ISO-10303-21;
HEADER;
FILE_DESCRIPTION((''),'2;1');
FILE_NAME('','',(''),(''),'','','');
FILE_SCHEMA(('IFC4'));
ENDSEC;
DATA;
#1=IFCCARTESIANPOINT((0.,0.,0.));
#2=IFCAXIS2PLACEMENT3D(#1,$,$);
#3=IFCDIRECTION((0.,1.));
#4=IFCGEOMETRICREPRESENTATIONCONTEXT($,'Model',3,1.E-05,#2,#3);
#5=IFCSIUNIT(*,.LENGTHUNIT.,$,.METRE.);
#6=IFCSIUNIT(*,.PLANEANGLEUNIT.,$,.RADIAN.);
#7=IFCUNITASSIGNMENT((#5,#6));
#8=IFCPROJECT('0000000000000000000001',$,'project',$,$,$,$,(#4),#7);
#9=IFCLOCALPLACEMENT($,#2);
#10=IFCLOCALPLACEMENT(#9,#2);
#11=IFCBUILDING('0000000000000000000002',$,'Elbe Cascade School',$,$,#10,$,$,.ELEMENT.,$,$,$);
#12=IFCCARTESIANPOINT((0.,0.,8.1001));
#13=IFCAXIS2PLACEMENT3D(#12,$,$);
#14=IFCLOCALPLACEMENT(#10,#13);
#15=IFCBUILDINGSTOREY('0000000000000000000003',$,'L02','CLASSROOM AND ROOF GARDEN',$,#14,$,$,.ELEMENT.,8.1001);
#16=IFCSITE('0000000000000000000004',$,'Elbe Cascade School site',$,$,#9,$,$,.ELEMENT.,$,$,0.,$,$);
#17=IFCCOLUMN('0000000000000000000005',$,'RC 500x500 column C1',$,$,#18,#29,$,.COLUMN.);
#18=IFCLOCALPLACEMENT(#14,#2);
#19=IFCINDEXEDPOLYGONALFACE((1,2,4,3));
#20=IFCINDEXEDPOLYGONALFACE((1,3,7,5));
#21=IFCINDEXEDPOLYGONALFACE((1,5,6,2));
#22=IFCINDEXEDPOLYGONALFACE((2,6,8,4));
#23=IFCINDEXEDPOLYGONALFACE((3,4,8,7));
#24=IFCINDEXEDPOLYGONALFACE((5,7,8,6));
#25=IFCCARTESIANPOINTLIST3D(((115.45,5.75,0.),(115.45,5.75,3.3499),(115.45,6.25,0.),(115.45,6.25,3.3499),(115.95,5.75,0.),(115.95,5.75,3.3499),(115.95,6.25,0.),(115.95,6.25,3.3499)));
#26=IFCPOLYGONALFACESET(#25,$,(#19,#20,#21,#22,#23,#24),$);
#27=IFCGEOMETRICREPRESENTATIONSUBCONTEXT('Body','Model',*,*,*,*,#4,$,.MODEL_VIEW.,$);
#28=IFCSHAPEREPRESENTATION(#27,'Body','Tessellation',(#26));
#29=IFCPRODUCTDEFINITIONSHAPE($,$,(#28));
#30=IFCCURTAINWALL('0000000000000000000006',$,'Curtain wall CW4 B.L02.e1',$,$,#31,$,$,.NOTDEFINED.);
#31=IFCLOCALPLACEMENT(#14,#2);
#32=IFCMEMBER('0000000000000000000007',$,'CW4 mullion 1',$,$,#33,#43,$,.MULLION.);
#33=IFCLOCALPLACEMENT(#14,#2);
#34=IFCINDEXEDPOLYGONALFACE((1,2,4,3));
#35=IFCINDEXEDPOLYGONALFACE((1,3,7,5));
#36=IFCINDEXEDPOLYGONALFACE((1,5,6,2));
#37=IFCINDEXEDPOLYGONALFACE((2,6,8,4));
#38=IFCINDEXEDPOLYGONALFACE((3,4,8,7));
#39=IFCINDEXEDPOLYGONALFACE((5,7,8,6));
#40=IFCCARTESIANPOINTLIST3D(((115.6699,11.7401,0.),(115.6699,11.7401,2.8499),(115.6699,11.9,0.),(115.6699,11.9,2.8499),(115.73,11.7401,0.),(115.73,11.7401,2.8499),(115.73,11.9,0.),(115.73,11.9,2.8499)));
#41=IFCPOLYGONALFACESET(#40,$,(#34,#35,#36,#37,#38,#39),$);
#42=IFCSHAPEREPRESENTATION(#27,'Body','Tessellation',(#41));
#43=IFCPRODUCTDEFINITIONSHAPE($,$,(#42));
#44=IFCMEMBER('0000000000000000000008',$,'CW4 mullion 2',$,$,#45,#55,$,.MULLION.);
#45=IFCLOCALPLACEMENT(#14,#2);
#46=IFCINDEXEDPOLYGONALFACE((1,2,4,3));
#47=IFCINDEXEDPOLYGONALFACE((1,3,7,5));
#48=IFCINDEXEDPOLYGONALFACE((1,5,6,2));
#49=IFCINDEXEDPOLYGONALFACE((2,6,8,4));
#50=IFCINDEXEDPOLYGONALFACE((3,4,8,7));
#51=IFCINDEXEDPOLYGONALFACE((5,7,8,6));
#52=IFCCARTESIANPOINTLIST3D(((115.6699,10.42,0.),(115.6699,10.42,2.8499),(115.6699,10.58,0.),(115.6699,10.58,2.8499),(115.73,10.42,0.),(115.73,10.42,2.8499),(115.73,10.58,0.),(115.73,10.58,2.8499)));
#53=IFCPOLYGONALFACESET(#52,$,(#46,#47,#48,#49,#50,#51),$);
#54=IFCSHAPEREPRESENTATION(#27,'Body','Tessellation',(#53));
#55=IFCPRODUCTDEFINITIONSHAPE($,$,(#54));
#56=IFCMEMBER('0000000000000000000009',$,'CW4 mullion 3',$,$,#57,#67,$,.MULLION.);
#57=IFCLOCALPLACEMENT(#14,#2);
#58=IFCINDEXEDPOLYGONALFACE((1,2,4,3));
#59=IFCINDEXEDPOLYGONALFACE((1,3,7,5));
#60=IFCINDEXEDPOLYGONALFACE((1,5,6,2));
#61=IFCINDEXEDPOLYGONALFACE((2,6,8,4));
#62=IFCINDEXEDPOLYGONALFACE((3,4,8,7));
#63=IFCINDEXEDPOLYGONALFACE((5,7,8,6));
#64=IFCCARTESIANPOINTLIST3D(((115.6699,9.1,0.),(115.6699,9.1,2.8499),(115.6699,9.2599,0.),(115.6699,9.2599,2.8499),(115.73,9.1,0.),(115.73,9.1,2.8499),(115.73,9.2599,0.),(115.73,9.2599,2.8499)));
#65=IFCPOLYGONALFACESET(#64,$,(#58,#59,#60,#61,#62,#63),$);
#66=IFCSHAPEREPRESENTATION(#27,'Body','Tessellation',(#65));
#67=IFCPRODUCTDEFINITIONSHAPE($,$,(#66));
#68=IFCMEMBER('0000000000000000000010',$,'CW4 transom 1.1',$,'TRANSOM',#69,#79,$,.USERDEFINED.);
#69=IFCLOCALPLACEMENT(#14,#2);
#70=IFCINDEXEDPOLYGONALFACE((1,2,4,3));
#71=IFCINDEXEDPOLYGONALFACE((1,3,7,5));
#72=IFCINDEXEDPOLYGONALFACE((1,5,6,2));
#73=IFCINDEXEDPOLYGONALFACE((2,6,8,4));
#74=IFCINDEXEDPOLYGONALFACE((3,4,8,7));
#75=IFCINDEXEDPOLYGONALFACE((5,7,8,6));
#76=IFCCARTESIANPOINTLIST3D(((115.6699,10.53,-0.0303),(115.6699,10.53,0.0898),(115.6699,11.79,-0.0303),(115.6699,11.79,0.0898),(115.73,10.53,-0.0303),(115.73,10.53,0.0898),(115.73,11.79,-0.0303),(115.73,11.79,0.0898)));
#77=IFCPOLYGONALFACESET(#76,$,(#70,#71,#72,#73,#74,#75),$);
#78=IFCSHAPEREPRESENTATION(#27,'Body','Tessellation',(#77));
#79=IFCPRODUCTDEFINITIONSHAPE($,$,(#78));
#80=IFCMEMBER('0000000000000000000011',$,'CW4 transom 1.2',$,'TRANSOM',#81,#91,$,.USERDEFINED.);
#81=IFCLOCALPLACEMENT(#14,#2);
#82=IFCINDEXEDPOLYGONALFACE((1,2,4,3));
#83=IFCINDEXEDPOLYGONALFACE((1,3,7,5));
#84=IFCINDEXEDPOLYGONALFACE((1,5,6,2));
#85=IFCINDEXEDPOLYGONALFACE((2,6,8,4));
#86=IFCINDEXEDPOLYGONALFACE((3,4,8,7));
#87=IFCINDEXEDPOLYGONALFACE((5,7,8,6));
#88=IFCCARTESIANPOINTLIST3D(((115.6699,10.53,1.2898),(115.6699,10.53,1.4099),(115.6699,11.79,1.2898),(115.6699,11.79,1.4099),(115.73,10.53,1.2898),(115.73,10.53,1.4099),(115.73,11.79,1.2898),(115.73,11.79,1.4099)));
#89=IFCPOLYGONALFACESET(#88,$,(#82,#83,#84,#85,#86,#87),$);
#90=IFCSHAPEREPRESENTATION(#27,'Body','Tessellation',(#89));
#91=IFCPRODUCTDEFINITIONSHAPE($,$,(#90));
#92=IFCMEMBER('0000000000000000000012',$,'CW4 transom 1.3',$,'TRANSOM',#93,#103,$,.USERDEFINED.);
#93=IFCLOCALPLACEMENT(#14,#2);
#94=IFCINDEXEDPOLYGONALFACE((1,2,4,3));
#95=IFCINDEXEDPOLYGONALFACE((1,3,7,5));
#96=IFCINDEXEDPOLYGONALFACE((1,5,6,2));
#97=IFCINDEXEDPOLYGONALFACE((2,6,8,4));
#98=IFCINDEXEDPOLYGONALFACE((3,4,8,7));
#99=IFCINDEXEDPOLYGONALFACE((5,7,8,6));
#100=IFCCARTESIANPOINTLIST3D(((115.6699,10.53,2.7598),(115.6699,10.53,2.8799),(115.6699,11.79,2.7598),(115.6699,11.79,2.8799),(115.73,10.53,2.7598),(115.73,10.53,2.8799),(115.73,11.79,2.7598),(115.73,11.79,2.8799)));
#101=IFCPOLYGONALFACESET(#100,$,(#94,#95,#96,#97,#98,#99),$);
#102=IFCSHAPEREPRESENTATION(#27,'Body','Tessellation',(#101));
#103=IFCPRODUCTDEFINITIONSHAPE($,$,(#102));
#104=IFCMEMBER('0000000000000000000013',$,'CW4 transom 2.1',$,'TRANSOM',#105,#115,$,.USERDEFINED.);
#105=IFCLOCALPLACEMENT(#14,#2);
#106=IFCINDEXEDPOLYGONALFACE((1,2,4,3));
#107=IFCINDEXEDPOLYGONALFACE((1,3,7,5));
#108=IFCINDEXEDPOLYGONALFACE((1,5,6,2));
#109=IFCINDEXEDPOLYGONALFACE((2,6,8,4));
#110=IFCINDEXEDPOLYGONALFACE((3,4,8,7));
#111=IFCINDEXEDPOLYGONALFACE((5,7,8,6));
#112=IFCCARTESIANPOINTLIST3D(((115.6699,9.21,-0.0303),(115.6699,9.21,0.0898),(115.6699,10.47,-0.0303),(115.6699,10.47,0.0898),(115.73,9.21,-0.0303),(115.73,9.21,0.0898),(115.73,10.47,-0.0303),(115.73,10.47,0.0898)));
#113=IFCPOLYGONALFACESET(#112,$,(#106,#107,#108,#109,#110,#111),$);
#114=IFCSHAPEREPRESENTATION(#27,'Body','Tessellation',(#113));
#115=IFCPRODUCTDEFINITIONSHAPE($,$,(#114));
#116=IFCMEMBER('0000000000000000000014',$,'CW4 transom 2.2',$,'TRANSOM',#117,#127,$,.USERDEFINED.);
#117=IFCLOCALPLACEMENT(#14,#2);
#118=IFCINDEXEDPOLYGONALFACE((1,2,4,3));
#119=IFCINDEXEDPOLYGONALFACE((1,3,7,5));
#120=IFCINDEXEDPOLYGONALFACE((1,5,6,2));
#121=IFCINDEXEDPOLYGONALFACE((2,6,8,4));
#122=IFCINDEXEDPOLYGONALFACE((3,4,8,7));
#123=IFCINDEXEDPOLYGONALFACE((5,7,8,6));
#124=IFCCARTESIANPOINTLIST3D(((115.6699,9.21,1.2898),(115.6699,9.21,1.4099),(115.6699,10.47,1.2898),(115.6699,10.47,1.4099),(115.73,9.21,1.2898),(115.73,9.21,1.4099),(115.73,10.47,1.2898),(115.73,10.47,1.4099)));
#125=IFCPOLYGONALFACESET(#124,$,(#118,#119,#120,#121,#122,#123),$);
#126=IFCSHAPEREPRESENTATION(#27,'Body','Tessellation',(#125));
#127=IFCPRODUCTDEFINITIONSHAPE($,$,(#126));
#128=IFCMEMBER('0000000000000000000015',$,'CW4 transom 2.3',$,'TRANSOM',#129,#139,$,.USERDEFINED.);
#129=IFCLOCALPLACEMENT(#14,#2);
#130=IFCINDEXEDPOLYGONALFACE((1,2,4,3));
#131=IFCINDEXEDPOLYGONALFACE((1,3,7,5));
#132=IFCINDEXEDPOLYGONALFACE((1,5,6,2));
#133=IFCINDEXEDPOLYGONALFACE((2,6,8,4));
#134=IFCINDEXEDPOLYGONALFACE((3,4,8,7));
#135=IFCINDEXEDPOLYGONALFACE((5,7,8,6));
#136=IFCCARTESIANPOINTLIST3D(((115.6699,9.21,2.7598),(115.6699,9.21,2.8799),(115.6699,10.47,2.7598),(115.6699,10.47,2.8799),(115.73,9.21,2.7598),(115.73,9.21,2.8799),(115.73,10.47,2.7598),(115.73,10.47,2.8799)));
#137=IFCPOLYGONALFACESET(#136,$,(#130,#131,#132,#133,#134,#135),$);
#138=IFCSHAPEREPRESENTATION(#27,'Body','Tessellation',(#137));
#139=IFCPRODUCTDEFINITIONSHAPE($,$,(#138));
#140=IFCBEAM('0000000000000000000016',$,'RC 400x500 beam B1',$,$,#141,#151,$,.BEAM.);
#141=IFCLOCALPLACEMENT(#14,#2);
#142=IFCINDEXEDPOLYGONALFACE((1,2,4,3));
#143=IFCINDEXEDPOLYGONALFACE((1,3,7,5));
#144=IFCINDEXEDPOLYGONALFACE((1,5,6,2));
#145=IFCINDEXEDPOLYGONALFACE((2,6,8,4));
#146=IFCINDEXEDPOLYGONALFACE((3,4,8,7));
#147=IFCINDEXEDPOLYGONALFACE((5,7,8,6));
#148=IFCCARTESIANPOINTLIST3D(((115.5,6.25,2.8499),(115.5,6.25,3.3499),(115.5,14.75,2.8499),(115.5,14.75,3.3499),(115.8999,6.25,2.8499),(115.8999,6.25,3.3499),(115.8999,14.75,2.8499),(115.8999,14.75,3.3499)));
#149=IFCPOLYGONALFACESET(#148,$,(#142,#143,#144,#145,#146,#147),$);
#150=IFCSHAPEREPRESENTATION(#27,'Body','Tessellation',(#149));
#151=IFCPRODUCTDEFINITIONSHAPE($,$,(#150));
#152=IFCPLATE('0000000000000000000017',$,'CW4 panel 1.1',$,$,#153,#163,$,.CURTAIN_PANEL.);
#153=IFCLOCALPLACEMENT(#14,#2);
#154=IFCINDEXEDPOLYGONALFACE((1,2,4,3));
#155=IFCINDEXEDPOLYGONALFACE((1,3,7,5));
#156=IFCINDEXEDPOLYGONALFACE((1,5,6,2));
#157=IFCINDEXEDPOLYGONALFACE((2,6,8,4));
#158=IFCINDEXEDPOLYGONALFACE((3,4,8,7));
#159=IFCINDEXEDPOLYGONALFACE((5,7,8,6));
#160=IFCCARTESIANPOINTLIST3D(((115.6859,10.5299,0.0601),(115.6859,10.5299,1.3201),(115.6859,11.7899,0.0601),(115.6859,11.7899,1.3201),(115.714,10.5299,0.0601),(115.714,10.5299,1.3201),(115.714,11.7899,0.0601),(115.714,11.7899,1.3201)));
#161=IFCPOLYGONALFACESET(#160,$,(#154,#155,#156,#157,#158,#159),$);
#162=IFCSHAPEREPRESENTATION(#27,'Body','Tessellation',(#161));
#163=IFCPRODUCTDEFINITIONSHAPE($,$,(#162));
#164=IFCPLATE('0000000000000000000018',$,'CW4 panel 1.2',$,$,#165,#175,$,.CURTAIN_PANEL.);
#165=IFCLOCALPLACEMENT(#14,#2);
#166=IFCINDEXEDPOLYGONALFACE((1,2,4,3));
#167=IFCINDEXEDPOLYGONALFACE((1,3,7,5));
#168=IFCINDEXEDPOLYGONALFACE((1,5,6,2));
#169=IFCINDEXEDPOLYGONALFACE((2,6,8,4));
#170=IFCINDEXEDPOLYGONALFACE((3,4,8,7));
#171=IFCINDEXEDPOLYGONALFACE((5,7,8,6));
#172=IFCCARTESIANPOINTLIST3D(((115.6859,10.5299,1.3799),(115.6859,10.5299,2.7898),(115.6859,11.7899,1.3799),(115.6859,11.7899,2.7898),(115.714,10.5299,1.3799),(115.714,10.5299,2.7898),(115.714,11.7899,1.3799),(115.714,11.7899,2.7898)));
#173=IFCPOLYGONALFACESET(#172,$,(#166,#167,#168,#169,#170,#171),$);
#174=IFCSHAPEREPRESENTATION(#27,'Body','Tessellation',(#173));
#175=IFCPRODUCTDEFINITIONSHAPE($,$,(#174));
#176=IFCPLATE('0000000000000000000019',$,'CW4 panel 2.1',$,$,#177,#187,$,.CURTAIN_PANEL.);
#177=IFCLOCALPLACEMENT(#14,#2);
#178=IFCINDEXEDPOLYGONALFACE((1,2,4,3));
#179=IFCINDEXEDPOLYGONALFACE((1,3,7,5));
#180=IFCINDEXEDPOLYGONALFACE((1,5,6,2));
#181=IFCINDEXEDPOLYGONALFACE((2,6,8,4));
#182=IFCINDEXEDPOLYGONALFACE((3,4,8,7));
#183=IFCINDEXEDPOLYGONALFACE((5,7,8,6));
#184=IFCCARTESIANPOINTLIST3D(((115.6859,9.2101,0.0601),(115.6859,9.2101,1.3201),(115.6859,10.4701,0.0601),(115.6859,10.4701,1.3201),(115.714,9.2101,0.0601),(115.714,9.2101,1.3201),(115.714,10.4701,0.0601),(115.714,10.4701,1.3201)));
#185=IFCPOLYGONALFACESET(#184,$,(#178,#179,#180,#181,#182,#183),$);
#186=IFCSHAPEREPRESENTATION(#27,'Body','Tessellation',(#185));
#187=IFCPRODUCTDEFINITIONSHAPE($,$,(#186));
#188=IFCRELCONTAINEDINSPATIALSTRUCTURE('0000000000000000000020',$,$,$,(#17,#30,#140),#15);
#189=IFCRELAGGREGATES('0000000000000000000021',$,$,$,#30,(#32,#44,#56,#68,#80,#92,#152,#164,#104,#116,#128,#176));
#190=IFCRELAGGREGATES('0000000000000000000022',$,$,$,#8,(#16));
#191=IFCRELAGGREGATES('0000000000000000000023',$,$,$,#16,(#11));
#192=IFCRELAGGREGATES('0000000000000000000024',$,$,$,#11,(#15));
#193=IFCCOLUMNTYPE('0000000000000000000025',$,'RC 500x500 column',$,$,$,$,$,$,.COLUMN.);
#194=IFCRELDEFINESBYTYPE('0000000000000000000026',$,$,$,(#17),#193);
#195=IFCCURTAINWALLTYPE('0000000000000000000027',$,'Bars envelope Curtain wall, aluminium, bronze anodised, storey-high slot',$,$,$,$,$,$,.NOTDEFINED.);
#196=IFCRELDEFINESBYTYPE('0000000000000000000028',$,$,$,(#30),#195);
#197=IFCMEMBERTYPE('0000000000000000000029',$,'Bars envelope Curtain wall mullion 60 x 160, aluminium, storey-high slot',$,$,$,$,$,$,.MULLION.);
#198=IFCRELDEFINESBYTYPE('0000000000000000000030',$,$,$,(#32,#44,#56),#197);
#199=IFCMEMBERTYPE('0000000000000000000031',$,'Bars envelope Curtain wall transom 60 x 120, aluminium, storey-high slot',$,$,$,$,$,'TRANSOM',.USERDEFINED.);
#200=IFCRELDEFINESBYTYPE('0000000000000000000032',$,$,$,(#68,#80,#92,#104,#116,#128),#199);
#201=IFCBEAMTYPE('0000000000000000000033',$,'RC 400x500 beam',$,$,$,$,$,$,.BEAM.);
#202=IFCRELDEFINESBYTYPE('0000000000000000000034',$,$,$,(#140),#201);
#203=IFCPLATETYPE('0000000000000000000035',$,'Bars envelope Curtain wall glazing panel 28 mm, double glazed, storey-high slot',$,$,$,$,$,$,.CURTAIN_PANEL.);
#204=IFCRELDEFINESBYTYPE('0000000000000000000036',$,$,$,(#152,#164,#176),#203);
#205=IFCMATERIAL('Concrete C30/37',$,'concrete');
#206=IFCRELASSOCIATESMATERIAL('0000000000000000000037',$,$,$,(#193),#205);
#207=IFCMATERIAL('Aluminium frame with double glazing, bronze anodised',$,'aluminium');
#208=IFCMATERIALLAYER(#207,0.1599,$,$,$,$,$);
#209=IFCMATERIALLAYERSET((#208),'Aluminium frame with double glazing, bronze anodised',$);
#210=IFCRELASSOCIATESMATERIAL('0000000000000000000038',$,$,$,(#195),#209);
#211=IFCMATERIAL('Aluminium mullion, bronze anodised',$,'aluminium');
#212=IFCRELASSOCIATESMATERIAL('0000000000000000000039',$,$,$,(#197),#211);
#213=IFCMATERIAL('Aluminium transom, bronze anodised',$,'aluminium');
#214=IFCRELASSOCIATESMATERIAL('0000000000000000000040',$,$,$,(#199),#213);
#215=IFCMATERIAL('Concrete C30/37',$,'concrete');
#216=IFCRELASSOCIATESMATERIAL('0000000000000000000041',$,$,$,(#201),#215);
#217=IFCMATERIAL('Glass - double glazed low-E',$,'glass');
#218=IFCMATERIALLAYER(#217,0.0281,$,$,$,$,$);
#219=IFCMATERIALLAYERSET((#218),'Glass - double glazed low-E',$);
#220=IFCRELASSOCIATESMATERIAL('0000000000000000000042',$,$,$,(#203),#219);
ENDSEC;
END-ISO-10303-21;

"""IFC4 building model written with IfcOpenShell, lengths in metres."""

from ifc_helpers import new_model, si_unit, direction, frame, origin, origin_2d, place, context, subcontext, project, spatial, rectangle, extrude, material, layer, layer_set, material_profile, profile_set, type_object, element, aggregate, save


model = new_model("IFC4")

# Units and contexts
model_context = context("Model", 3, precision=1e-05, world=origin(), true_north=direction((0.0, 1.0)))
body_context = subcontext(model_context, "Body", "Model", "MODEL_VIEW")
ifc_project = project(units=[si_unit("LENGTHUNIT", "METRE"), si_unit("PLANEANGLEUNIT", "RADIAN")], contexts=[model_context])

# Site, building, storey
site_placement = place(None, origin())
site = spatial("IfcSite", under=ifc_project, at=site_placement, Name="Elbe Cascade School site", CompositionType="ELEMENT", RefElevation=0.0)
building_placement = place(site_placement, origin())
building = spatial("IfcBuilding", under=site, at=building_placement, Name="Elbe Cascade School", CompositionType="ELEMENT")
storey_placement = place(building_placement, frame((0.0, 0.0, 8.1001)))
storey = spatial("IfcBuildingStorey", under=building, at=storey_placement, Name="L02", Description="CLASSROOM AND ROOF GARDEN", CompositionType="ELEMENT", Elevation=8.1001)

# Column
ifc_material_1 = material(Name="Concrete C30/37", Category="concrete")
ifc_material_profile_1 = material_profile(ifc_material_1, rectangle(XDim=0.5, YDim=0.5, at=origin_2d()), Name="RC 500x500")
ifc_profile_set_1 = profile_set([ifc_material_profile_1], Name="Concrete C30/37")
column_type = type_object("IfcColumnType", Name="RC 500x500 column", PredefinedType="COLUMN", material=ifc_profile_set_1)
column_placement = place(storey_placement, frame((115.7, 6.0, 0.0), z_axis=(0.0, 0.0, 1.0), x_axis=(1.0, 0.0, 0.0)))
element("IfcColumn", 1, at=column_placement, inside=storey, type_object=column_type, Name="RC 500x500 column C1", PredefinedType="COLUMN", context=body_context, shape_type="SweptSolid", body=[
    extrude(rectangle(XDim=0.5, YDim=0.5, at=origin_2d()), origin(), (0.0, 0.0, 1.0), 3.3499),
])

# Curtain wall, members
ifc_material_2 = material(Name="Aluminium frame with double glazing, bronze anodised", Category="aluminium")
ifc_layer_1 = layer(ifc_material_2, 0.1599)
ifc_layer_set_1 = layer_set([ifc_layer_1], Name="Aluminium frame with double glazing, bronze anodised")
curtain_wall_type = type_object("IfcCurtainWallType", Name="Bars envelope Curtain wall, aluminium, bronze anodised, storey-high slot", PredefinedType="NOTDEFINED", material=ifc_layer_set_1)
curtain_wall_placement = place(storey_placement, origin())
curtain_wall = element("IfcCurtainWall", 2, at=curtain_wall_placement, inside=storey, type_object=curtain_wall_type, Name="Curtain wall CW4 B.L02.e1", PredefinedType="NOTDEFINED")
ifc_material_3 = material(Name="Aluminium mullion, bronze anodised", Category="aluminium")
ifc_material_profile_2 = material_profile(ifc_material_3, rectangle(XDim=0.0601, YDim=0.1599, at=origin_2d()), Name="Bars envelope Curtain wall mullion 60 x 160, aluminium, storey-high slot")
ifc_profile_set_2 = profile_set([ifc_material_profile_2], Name="Aluminium mullion, bronze anodised")
member_type_1 = type_object("IfcMemberType", Name="Bars envelope Curtain wall mullion 60 x 160, aluminium, storey-high slot", PredefinedType="MULLION", material=ifc_profile_set_2)
member_1_placement = place(storey_placement, frame((115.7, 11.8201, 0.0), z_axis=(0.0, 0.0, 1.0), x_axis=(1.0, 0.0, 0.0)))
member_1 = element("IfcMember", 3, at=member_1_placement, type_object=member_type_1, Name="CW4 mullion 1", PredefinedType="MULLION", context=body_context, shape_type="SweptSolid", body=[
    extrude(rectangle(XDim=0.0601, YDim=0.1599, at=origin_2d()), origin(), (0.0, 0.0, 1.0), 2.8499),
])
member_2_placement = place(storey_placement, frame((115.7, 10.5, 0.0), z_axis=(0.0, 0.0, 1.0), x_axis=(1.0, 0.0, 0.0)))
member_2 = element("IfcMember", 4, at=member_2_placement, type_object=member_type_1, Name="CW4 mullion 2", PredefinedType="MULLION", context=body_context, shape_type="SweptSolid", body=[
    extrude(rectangle(XDim=0.0601, YDim=0.1599, at=origin_2d()), origin(), (0.0, 0.0, 1.0), 2.8499),
])
member_3_placement = place(storey_placement, frame((115.7, 9.1799, 0.0), z_axis=(0.0, 0.0, 1.0), x_axis=(1.0, 0.0, 0.0)))
member_3 = element("IfcMember", 5, at=member_3_placement, type_object=member_type_1, Name="CW4 mullion 3", PredefinedType="MULLION", context=body_context, shape_type="SweptSolid", body=[
    extrude(rectangle(XDim=0.0601, YDim=0.1599, at=origin_2d()), origin(), (0.0, 0.0, 1.0), 2.8499),
])
ifc_material_4 = material(Name="Aluminium transom, bronze anodised", Category="aluminium")
ifc_material_profile_3 = material_profile(ifc_material_4, rectangle(XDim=0.0601, YDim=0.1201, at=origin_2d()), Name="Bars envelope Curtain wall transom 60 x 120, aluminium, storey-high slot")
ifc_profile_set_3 = profile_set([ifc_material_profile_3], Name="Aluminium transom, bronze anodised")
member_type_2 = type_object("IfcMemberType", Name="Bars envelope Curtain wall transom 60 x 120, aluminium, storey-high slot", ElementType="TRANSOM", PredefinedType="USERDEFINED", material=ifc_profile_set_3)
member_4_placement = place(storey_placement, frame((115.7, 11.79, 0.0298), z_axis=(0.0, -1.0, 0.0), x_axis=(1.0, 0.0, 0.0)))
member_4 = element("IfcMember", 6, at=member_4_placement, type_object=member_type_2, Name="CW4 transom 1.1", ObjectType="TRANSOM", PredefinedType="USERDEFINED", context=body_context, shape_type="SweptSolid", body=[
    extrude(rectangle(XDim=0.0601, YDim=0.1201, at=origin_2d()), origin(), (0.0, 0.0, 1.0), 1.26),
])
member_5_placement = place(storey_placement, frame((115.7, 11.79, 1.3499), z_axis=(0.0, -1.0, 0.0), x_axis=(1.0, 0.0, 0.0)))
member_5 = element("IfcMember", 7, at=member_5_placement, type_object=member_type_2, Name="CW4 transom 1.2", ObjectType="TRANSOM", PredefinedType="USERDEFINED", context=body_context, shape_type="SweptSolid", body=[
    extrude(rectangle(XDim=0.0601, YDim=0.1201, at=origin_2d()), origin(), (0.0, 0.0, 1.0), 1.26),
])
member_6_placement = place(storey_placement, frame((115.7, 11.79, 2.8198), z_axis=(0.0, -1.0, 0.0), x_axis=(1.0, 0.0, 0.0)))
member_6 = element("IfcMember", 8, at=member_6_placement, type_object=member_type_2, Name="CW4 transom 1.3", ObjectType="TRANSOM", PredefinedType="USERDEFINED", context=body_context, shape_type="SweptSolid", body=[
    extrude(rectangle(XDim=0.0601, YDim=0.1201, at=origin_2d()), origin(), (0.0, 0.0, 1.0), 1.26),
])
member_7_placement = place(storey_placement, frame((115.7, 10.47, 0.0298), z_axis=(0.0, -1.0, 0.0), x_axis=(1.0, 0.0, 0.0)))
member_7 = element("IfcMember", 9, at=member_7_placement, type_object=member_type_2, Name="CW4 transom 2.1", ObjectType="TRANSOM", PredefinedType="USERDEFINED", context=body_context, shape_type="SweptSolid", body=[
    extrude(rectangle(XDim=0.0601, YDim=0.1201, at=origin_2d()), origin(), (0.0, 0.0, 1.0), 1.26),
])
member_8_placement = place(storey_placement, frame((115.7, 10.47, 1.3499), z_axis=(0.0, -1.0, 0.0), x_axis=(1.0, 0.0, 0.0)))
member_8 = element("IfcMember", 10, at=member_8_placement, type_object=member_type_2, Name="CW4 transom 2.2", ObjectType="TRANSOM", PredefinedType="USERDEFINED", context=body_context, shape_type="SweptSolid", body=[
    extrude(rectangle(XDim=0.0601, YDim=0.1201, at=origin_2d()), origin(), (0.0, 0.0, 1.0), 1.26),
])
member_9_placement = place(storey_placement, frame((115.7, 10.47, 2.8198), z_axis=(0.0, -1.0, 0.0), x_axis=(1.0, 0.0, 0.0)))
member_9 = element("IfcMember", 11, at=member_9_placement, type_object=member_type_2, Name="CW4 transom 2.3", ObjectType="TRANSOM", PredefinedType="USERDEFINED", context=body_context, shape_type="SweptSolid", body=[
    extrude(rectangle(XDim=0.0601, YDim=0.1201, at=origin_2d()), origin(), (0.0, 0.0, 1.0), 1.26),
])

# Beam
ifc_material_5 = material(Name="Concrete C30/37", Category="concrete")
ifc_material_profile_4 = material_profile(ifc_material_5, rectangle(XDim=0.3999, YDim=0.5, at=origin_2d()), Name="RC 400x500")
ifc_profile_set_4 = profile_set([ifc_material_profile_4], Name="Concrete C30/37")
beam_type = type_object("IfcBeamType", Name="RC 400x500 beam", PredefinedType="BEAM", material=ifc_profile_set_4)
beam_placement = place(storey_placement, frame((115.7, 6.25, 3.0999), z_axis=(0.0, 1.0, 0.0), x_axis=(-1.0, 0.0, 0.0)))
element("IfcBeam", 12, at=beam_placement, inside=storey, type_object=beam_type, Name="RC 400x500 beam B1", PredefinedType="BEAM", context=body_context, shape_type="SweptSolid", body=[
    extrude(rectangle(XDim=0.3999, YDim=0.5, at=origin_2d()), origin(), (0.0, 0.0, 1.0), 8.5),
])

# Plates
ifc_material_6 = material(Name="Glass - double glazed low-E", Category="glass")
ifc_layer_2 = layer(ifc_material_6, 0.0281)
ifc_layer_set_2 = layer_set([ifc_layer_2], Name="Glass - double glazed low-E")
plate_type = type_object("IfcPlateType", Name="Bars envelope Curtain wall glazing panel 28 mm, double glazed, storey-high slot", PredefinedType="CURTAIN_PANEL", material=ifc_layer_set_2)
plate_1_placement = place(storey_placement, frame((115.7, 11.1599, 0.0601), z_axis=(0.0, 0.0, 1.0), x_axis=(0.0, -1.0, 0.0)))
plate_1 = element("IfcPlate", 13, at=plate_1_placement, type_object=plate_type, Name="CW4 panel 1.1", PredefinedType="CURTAIN_PANEL", context=body_context, shape_type="SweptSolid", body=[
    extrude(rectangle(XDim=1.26, YDim=0.0281, at=origin_2d()), origin(), (0.0, 0.0, 1.0), 1.26),
])
plate_2_placement = place(storey_placement, frame((115.7, 11.1599, 1.3799), z_axis=(0.0, 0.0, 1.0), x_axis=(0.0, -1.0, 0.0)))
plate_2 = element("IfcPlate", 14, at=plate_2_placement, type_object=plate_type, Name="CW4 panel 1.2", PredefinedType="CURTAIN_PANEL", context=body_context, shape_type="SweptSolid", body=[
    extrude(rectangle(XDim=1.26, YDim=0.0281, at=origin_2d()), origin(), (0.0, 0.0, 1.0), 1.4099),
])
plate_3_placement = place(storey_placement, frame((115.7, 9.8401, 0.0601), z_axis=(0.0, 0.0, 1.0), x_axis=(0.0, -1.0, 0.0)))
plate_3 = element("IfcPlate", 15, at=plate_3_placement, type_object=plate_type, Name="CW4 panel 2.1", PredefinedType="CURTAIN_PANEL", context=body_context, shape_type="SweptSolid", body=[
    extrude(rectangle(XDim=1.26, YDim=0.0281, at=origin_2d()), origin(), (0.0, 0.0, 1.0), 1.26),
])
aggregate(curtain_wall, [member_1, member_2, member_3, member_4, member_5, member_6, plate_1, plate_2, member_7, member_8, member_9, plate_3])

save(model, "model.ifc")
